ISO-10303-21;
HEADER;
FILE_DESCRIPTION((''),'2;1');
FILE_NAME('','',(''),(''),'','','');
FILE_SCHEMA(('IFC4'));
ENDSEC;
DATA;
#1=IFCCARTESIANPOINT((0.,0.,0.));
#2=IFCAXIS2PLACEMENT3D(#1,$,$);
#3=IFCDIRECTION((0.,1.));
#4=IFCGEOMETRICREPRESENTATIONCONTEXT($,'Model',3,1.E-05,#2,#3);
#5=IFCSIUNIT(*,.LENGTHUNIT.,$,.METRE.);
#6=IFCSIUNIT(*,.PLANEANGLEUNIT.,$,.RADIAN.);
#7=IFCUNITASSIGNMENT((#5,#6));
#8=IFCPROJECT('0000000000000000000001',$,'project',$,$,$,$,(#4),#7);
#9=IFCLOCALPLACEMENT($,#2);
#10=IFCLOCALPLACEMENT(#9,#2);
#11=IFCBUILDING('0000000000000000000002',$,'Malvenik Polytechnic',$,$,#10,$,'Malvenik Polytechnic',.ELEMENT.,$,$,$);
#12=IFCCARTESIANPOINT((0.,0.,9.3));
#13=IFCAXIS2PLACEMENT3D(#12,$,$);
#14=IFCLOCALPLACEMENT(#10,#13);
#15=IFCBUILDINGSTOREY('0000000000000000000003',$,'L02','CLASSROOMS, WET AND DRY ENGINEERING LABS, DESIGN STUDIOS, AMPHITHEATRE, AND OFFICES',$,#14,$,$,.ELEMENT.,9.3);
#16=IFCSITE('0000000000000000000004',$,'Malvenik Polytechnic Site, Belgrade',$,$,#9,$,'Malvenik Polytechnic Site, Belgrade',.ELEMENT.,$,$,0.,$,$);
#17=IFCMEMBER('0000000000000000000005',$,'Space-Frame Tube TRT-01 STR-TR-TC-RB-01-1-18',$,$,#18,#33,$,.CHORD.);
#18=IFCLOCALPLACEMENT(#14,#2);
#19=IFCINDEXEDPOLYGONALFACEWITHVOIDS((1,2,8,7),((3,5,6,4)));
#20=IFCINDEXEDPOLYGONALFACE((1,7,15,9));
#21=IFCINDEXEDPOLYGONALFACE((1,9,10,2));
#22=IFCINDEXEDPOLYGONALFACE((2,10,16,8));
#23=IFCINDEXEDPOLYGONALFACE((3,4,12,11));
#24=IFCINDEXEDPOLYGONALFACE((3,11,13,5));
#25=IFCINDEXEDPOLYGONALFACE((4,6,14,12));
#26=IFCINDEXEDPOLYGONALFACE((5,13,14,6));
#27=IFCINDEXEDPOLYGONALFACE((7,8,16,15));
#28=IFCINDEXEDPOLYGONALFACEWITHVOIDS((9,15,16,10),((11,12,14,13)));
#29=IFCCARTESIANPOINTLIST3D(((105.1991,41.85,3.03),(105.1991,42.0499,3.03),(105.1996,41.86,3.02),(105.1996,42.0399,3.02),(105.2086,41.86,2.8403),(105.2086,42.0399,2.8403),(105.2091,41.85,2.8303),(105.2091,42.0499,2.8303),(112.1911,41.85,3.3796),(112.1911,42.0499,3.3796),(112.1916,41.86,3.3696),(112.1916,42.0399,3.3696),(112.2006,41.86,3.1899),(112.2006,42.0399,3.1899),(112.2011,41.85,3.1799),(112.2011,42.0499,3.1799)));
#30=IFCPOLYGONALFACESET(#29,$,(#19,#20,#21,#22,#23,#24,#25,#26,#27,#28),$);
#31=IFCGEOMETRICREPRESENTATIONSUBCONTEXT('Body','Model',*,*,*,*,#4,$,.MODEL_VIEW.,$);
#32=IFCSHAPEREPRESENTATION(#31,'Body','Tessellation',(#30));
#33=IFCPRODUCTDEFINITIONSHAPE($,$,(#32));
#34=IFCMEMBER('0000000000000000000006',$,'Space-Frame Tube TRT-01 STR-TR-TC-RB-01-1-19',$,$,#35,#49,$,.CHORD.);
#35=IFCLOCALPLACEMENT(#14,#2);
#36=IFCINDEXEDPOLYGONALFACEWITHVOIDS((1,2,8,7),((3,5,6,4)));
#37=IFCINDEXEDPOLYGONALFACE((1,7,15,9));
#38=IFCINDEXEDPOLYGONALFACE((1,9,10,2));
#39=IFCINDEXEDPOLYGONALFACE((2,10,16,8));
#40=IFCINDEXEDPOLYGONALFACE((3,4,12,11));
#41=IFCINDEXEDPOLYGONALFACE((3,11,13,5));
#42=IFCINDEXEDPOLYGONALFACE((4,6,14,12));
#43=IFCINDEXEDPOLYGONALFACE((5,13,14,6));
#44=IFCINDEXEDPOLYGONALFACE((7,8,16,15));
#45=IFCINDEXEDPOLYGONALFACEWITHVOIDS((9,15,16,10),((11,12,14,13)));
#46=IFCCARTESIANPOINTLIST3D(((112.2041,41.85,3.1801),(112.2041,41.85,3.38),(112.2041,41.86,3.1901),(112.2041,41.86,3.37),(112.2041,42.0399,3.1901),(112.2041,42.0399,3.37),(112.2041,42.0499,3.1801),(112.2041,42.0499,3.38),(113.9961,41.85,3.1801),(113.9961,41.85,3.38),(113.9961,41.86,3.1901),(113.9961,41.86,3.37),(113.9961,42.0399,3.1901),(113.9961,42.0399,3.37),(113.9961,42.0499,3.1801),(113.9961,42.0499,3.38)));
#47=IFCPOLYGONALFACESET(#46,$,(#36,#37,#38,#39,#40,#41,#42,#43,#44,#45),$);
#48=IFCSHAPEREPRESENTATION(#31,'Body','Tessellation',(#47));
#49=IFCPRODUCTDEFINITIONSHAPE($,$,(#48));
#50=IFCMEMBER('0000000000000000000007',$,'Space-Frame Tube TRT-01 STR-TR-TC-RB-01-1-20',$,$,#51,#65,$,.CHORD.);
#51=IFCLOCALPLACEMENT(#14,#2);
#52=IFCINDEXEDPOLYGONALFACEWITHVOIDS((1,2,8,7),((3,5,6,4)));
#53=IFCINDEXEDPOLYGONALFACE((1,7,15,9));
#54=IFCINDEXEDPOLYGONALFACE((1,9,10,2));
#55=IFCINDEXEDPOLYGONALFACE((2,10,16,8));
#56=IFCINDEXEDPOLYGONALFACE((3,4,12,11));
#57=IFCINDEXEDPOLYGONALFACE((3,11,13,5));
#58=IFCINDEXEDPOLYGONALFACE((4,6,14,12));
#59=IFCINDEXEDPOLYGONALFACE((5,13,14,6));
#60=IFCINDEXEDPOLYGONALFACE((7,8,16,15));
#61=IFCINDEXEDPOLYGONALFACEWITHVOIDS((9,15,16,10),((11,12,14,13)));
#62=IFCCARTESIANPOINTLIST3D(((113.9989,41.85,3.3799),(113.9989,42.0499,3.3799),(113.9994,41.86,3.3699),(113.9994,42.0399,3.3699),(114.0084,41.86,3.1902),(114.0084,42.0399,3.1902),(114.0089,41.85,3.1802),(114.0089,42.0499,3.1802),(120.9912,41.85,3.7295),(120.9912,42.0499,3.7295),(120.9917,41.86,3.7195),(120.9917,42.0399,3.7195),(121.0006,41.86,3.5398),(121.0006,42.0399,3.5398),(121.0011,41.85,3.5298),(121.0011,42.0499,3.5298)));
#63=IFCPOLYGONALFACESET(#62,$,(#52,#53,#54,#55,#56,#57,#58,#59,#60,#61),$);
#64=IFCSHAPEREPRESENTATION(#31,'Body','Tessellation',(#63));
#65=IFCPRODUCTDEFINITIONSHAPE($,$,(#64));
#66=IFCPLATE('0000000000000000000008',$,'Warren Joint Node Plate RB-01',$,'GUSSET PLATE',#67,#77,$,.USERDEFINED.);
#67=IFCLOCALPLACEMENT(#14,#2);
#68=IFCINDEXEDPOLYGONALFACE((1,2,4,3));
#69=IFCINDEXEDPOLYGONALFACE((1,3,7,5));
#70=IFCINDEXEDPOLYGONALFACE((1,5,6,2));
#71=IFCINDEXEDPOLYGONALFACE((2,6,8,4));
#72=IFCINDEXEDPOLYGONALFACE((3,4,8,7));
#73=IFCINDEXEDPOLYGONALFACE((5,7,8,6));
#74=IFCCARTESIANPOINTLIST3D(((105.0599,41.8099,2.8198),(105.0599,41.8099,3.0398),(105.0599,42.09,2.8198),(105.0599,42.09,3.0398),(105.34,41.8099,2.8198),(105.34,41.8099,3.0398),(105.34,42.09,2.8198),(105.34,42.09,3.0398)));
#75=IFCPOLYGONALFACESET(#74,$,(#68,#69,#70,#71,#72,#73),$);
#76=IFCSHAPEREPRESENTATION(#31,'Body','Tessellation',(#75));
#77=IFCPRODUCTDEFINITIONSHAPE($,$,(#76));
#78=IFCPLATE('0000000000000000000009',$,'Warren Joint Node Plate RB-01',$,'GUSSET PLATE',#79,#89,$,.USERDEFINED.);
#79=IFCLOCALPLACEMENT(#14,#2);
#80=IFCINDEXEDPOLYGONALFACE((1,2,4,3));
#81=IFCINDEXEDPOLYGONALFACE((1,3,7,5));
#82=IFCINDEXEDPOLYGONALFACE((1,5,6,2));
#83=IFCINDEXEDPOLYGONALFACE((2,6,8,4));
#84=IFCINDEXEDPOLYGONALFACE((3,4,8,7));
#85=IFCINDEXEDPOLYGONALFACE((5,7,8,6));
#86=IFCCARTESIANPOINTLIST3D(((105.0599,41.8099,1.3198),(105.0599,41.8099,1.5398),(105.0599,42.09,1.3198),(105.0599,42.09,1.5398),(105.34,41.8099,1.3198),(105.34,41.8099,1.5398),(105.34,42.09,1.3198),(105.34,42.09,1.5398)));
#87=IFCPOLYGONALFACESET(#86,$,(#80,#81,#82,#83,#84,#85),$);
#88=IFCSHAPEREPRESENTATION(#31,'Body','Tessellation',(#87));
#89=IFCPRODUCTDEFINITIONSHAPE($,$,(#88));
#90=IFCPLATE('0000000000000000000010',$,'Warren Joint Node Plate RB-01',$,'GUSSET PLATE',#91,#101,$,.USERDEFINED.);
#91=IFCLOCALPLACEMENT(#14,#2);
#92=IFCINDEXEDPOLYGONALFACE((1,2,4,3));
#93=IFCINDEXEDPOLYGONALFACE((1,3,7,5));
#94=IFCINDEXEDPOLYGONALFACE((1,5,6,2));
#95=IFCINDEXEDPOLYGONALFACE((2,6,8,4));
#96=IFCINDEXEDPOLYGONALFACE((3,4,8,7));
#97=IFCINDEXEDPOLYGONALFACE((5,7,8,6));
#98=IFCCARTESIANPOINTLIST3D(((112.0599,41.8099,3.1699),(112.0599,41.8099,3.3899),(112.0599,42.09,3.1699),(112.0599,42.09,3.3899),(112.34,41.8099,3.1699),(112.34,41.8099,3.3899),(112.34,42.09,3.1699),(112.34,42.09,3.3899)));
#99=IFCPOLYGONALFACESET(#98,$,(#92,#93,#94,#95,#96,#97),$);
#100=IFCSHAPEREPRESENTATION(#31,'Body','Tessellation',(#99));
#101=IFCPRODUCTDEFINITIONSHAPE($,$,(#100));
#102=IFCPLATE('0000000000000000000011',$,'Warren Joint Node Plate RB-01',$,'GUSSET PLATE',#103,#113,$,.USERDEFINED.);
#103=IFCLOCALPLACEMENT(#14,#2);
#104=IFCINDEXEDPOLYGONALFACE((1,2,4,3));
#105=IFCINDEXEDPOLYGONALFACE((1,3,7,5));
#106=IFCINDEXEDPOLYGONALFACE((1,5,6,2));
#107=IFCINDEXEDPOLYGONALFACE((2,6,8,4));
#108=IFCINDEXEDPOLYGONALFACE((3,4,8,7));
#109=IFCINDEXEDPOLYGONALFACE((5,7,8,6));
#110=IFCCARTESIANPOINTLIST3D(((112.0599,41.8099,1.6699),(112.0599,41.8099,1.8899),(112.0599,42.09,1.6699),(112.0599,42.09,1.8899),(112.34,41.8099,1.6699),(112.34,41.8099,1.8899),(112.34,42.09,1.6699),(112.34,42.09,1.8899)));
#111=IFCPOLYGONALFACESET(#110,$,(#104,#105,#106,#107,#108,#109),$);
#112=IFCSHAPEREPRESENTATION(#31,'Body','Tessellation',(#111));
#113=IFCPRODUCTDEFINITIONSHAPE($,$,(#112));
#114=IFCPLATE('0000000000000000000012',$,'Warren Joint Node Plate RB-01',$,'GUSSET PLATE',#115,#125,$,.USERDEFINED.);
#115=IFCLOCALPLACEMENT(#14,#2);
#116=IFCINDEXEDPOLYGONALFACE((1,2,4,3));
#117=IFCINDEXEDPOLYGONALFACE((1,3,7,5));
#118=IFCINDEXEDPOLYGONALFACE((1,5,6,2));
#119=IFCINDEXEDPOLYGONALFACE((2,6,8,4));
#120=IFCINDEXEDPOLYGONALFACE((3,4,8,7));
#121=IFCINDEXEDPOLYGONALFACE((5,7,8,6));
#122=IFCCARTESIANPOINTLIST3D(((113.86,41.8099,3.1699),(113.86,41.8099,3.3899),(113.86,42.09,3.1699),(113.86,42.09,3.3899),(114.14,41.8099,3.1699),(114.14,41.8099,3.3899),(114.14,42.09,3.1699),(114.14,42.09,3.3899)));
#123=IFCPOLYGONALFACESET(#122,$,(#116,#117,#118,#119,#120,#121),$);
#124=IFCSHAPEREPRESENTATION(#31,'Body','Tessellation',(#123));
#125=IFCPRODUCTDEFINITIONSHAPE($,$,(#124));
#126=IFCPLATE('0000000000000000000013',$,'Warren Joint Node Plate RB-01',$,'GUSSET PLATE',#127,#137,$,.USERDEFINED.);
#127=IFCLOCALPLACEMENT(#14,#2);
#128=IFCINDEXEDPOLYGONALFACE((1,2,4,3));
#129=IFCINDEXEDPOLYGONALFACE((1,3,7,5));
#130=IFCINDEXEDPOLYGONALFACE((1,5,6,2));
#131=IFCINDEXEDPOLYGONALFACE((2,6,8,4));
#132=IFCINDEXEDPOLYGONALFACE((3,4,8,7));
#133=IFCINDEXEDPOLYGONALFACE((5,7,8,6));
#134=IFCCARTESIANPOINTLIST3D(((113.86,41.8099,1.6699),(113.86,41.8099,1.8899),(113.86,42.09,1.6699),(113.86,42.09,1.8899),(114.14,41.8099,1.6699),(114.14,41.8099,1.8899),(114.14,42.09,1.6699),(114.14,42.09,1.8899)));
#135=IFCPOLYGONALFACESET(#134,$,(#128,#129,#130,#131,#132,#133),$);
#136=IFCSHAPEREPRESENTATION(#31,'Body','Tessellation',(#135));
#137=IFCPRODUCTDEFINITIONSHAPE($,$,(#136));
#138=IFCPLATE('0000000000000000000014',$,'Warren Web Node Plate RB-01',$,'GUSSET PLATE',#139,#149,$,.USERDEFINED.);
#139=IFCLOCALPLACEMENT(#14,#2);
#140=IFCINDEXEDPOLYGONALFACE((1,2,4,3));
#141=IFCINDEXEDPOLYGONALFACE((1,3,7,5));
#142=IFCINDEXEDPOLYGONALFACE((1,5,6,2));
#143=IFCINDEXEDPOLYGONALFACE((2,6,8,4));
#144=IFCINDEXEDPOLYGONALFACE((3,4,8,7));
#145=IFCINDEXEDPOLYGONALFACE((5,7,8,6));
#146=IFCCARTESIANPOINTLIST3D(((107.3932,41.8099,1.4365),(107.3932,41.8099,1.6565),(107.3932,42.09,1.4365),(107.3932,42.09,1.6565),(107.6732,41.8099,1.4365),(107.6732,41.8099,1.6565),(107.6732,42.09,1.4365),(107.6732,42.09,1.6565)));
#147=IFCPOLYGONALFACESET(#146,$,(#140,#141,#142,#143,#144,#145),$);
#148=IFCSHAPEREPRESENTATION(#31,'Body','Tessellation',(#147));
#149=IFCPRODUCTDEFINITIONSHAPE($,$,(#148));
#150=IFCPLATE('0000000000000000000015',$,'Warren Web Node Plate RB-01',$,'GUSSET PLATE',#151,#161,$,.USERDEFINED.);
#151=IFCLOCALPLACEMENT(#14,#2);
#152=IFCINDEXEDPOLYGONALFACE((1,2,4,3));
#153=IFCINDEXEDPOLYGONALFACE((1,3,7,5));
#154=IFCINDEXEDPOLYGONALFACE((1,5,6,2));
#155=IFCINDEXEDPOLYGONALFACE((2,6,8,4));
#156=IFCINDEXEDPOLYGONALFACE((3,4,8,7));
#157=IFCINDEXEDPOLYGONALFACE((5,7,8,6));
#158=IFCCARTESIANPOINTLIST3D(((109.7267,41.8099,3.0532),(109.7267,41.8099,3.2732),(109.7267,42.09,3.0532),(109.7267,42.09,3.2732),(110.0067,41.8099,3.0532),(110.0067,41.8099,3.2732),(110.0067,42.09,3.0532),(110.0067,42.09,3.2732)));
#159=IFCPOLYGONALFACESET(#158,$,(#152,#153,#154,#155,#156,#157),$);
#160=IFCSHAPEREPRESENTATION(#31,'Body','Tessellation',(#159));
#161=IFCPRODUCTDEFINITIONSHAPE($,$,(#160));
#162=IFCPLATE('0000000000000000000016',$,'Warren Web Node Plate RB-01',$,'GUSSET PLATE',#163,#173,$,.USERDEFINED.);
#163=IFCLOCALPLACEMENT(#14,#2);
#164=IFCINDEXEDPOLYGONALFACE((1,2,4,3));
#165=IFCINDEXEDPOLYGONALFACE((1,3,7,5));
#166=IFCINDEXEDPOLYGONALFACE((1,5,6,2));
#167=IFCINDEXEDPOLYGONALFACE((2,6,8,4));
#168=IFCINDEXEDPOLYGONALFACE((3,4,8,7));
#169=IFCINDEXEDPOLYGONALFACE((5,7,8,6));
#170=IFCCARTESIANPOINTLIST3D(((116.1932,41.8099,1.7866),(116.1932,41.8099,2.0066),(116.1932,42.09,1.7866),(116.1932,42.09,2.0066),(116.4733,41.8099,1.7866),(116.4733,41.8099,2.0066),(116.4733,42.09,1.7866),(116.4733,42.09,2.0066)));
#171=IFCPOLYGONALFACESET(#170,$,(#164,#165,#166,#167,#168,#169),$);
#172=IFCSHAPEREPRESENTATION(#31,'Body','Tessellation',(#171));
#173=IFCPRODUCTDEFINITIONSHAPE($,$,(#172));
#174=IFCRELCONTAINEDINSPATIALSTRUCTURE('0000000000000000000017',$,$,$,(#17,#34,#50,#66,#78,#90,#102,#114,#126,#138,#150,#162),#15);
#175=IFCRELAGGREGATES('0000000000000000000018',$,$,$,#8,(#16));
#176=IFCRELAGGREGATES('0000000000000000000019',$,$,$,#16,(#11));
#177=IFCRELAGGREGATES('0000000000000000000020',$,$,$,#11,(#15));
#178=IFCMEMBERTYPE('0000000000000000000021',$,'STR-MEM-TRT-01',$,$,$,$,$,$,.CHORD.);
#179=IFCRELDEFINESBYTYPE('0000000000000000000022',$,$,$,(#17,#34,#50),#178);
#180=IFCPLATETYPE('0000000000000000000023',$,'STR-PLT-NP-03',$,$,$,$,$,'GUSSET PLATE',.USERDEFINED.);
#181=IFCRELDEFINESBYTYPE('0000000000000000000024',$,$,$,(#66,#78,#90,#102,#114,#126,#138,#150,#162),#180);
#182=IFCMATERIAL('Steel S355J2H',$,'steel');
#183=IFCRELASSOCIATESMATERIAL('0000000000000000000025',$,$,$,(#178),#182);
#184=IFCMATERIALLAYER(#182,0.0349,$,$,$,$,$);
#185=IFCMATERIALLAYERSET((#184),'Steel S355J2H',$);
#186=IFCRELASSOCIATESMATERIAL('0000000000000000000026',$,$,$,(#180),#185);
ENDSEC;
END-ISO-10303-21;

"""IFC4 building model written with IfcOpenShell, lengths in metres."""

from ifc_helpers import new_model, si_unit, direction, frame, origin, origin_2d, place, context, subcontext, project, spatial, rectangle, hollow_rectangle, extrude, material, layer, layer_set, material_profile, profile_set, type_object, element, save


model = new_model("IFC4")

# Units and contexts
model_context = context("Model", 3, precision=1e-05, world=origin(), true_north=direction((0.0, 1.0)))
body_context = subcontext(model_context, "Body", "Model", "MODEL_VIEW")
ifc_project = project(units=[si_unit("LENGTHUNIT", "METRE"), si_unit("PLANEANGLEUNIT", "RADIAN")], contexts=[model_context])

# Site, building, storey
site_placement = place(None, origin())
site = spatial("IfcSite", under=ifc_project, at=site_placement, Name="Malvenik Polytechnic Site, Belgrade", LongName="Malvenik Polytechnic Site, Belgrade", CompositionType="ELEMENT", RefElevation=0.0)
building_placement = place(site_placement, origin())
building = spatial("IfcBuilding", under=site, at=building_placement, Name="Malvenik Polytechnic", LongName="Malvenik Polytechnic", CompositionType="ELEMENT")
storey_placement = place(building_placement, frame((0.0, 0.0, 9.3)))
storey = spatial("IfcBuildingStorey", under=building, at=storey_placement, Name="L02", Description="CLASSROOMS, WET AND DRY ENGINEERING LABS, DESIGN STUDIOS, AMPHITHEATRE, AND OFFICES", CompositionType="ELEMENT", Elevation=9.3)

# Shared definitions
ifc_material_1 = material(Name="Steel S355J2H", Category="steel")

# Members
ifc_material_profile_1 = material_profile(ifc_material_1, hollow_rectangle(XDim=0.2, YDim=0.2, WallThickness=0.01, at=origin_2d()), Name="SHS 200x200x10.0")
ifc_profile_set_1 = profile_set([ifc_material_profile_1], Name="Steel S355J2H")
member_type_1 = type_object("IfcMemberType", Name="STR-MEM-TRT-01", PredefinedType="CHORD", material=ifc_profile_set_1)
member_1_placement = place(storey_placement, frame((105.2041, 41.95, 2.9302), z_axis=(0.998752, 0.0, 0.049939), x_axis=(0.0, 1.0, 0.0)))
element("IfcMember", 1, at=member_1_placement, inside=storey, type_object=member_type_1, Name="Space-Frame Tube TRT-01 STR-TR-TC-RB-01-1-18", PredefinedType="CHORD", context=body_context, shape_type="SweptSolid", body=[
    extrude(hollow_rectangle(XDim=0.2, YDim=0.2, WallThickness=0.01, at=origin_2d()), origin(), (0.0, 0.0, 1.0), 7.0007),
])
member_2_placement = place(storey_placement, frame((112.2041, 41.95, 3.28), z_axis=(1.0, 0.0, 0.0), x_axis=(0.0, 1.0, 0.0)))
element("IfcMember", 2, at=member_2_placement, inside=storey, type_object=member_type_1, Name="Space-Frame Tube TRT-01 STR-TR-TC-RB-01-1-19", PredefinedType="CHORD", context=body_context, shape_type="SweptSolid", body=[
    extrude(hollow_rectangle(XDim=0.2, YDim=0.2, WallThickness=0.01, at=origin_2d()), origin(), (0.0, 0.0, 1.0), 1.792),
])
member_3_placement = place(storey_placement, frame((114.0039, 41.95, 3.28), z_axis=(0.998752, 0.0, 0.049938), x_axis=(0.0, 1.0, 0.0)))
element("IfcMember", 3, at=member_3_placement, inside=storey, type_object=member_type_1, Name="Space-Frame Tube TRT-01 STR-TR-TC-RB-01-1-20", PredefinedType="CHORD", context=body_context, shape_type="SweptSolid", body=[
    extrude(hollow_rectangle(XDim=0.2, YDim=0.2, WallThickness=0.01, at=origin_2d()), origin(), (0.0, 0.0, 1.0), 7.001),
])

# Plates
ifc_layer_1 = layer(ifc_material_1, 0.0349)
ifc_layer_set_1 = layer_set([ifc_layer_1], Name="Steel S355J2H")
plate_type = type_object("IfcPlateType", Name="STR-PLT-NP-03", ElementType="GUSSET PLATE", PredefinedType="USERDEFINED", material=ifc_layer_set_1)
for number, where, z_axis, x_axis, name in (
    (4, (105.2, 41.95, 2.8198), (0.0, 0.0, 1.0), (1.0, 0.0, 0.0), "Warren Joint Node Plate RB-01"),
    (5, (105.2, 41.95, 1.3198), (0.0, 0.0, 1.0), (1.0, 0.0, 0.0), "Warren Joint Node Plate RB-01"),
    (6, (112.2, 41.95, 3.1699), (0.0, 0.0, 1.0), (1.0, 0.0, 0.0), "Warren Joint Node Plate RB-01"),
    (7, (112.2, 41.95, 1.6699), (0.0, 0.0, 1.0), (1.0, 0.0, 0.0), "Warren Joint Node Plate RB-01"),
    (8, (114.0, 41.95, 3.1699), (0.0, 0.0, 1.0), (1.0, 0.0, 0.0), "Warren Joint Node Plate RB-01"),
    (9, (114.0, 41.95, 1.6699), (0.0, 0.0, 1.0), (1.0, 0.0, 0.0), "Warren Joint Node Plate RB-01"),
    (10, (107.5332, 41.95, 1.4365), (0.0, 0.0, 1.0), (1.0, 0.0, 0.0), "Warren Web Node Plate RB-01"),
    (11, (109.8667, 41.95, 3.0532), (0.0, 0.0, 1.0), (1.0, 0.0, 0.0), "Warren Web Node Plate RB-01"),
    (12, (116.3333, 41.95, 1.7866), (0.0, 0.0, 1.0), (1.0, 0.0, 0.0), "Warren Web Node Plate RB-01"),
):
    element("IfcPlate", number, at=place(storey_placement, frame(where, z_axis=z_axis, x_axis=x_axis)), inside=storey, type_object=plate_type, Name=name, ObjectType="GUSSET PLATE", PredefinedType="USERDEFINED", context=body_context, shape_type="SweptSolid", body=[
        extrude(rectangle(XDim=0.28, YDim=0.28, at=origin_2d()), origin(), (0.0, 0.0, 1.0), 0.22),
    ])

save(model, "model.ifc")
